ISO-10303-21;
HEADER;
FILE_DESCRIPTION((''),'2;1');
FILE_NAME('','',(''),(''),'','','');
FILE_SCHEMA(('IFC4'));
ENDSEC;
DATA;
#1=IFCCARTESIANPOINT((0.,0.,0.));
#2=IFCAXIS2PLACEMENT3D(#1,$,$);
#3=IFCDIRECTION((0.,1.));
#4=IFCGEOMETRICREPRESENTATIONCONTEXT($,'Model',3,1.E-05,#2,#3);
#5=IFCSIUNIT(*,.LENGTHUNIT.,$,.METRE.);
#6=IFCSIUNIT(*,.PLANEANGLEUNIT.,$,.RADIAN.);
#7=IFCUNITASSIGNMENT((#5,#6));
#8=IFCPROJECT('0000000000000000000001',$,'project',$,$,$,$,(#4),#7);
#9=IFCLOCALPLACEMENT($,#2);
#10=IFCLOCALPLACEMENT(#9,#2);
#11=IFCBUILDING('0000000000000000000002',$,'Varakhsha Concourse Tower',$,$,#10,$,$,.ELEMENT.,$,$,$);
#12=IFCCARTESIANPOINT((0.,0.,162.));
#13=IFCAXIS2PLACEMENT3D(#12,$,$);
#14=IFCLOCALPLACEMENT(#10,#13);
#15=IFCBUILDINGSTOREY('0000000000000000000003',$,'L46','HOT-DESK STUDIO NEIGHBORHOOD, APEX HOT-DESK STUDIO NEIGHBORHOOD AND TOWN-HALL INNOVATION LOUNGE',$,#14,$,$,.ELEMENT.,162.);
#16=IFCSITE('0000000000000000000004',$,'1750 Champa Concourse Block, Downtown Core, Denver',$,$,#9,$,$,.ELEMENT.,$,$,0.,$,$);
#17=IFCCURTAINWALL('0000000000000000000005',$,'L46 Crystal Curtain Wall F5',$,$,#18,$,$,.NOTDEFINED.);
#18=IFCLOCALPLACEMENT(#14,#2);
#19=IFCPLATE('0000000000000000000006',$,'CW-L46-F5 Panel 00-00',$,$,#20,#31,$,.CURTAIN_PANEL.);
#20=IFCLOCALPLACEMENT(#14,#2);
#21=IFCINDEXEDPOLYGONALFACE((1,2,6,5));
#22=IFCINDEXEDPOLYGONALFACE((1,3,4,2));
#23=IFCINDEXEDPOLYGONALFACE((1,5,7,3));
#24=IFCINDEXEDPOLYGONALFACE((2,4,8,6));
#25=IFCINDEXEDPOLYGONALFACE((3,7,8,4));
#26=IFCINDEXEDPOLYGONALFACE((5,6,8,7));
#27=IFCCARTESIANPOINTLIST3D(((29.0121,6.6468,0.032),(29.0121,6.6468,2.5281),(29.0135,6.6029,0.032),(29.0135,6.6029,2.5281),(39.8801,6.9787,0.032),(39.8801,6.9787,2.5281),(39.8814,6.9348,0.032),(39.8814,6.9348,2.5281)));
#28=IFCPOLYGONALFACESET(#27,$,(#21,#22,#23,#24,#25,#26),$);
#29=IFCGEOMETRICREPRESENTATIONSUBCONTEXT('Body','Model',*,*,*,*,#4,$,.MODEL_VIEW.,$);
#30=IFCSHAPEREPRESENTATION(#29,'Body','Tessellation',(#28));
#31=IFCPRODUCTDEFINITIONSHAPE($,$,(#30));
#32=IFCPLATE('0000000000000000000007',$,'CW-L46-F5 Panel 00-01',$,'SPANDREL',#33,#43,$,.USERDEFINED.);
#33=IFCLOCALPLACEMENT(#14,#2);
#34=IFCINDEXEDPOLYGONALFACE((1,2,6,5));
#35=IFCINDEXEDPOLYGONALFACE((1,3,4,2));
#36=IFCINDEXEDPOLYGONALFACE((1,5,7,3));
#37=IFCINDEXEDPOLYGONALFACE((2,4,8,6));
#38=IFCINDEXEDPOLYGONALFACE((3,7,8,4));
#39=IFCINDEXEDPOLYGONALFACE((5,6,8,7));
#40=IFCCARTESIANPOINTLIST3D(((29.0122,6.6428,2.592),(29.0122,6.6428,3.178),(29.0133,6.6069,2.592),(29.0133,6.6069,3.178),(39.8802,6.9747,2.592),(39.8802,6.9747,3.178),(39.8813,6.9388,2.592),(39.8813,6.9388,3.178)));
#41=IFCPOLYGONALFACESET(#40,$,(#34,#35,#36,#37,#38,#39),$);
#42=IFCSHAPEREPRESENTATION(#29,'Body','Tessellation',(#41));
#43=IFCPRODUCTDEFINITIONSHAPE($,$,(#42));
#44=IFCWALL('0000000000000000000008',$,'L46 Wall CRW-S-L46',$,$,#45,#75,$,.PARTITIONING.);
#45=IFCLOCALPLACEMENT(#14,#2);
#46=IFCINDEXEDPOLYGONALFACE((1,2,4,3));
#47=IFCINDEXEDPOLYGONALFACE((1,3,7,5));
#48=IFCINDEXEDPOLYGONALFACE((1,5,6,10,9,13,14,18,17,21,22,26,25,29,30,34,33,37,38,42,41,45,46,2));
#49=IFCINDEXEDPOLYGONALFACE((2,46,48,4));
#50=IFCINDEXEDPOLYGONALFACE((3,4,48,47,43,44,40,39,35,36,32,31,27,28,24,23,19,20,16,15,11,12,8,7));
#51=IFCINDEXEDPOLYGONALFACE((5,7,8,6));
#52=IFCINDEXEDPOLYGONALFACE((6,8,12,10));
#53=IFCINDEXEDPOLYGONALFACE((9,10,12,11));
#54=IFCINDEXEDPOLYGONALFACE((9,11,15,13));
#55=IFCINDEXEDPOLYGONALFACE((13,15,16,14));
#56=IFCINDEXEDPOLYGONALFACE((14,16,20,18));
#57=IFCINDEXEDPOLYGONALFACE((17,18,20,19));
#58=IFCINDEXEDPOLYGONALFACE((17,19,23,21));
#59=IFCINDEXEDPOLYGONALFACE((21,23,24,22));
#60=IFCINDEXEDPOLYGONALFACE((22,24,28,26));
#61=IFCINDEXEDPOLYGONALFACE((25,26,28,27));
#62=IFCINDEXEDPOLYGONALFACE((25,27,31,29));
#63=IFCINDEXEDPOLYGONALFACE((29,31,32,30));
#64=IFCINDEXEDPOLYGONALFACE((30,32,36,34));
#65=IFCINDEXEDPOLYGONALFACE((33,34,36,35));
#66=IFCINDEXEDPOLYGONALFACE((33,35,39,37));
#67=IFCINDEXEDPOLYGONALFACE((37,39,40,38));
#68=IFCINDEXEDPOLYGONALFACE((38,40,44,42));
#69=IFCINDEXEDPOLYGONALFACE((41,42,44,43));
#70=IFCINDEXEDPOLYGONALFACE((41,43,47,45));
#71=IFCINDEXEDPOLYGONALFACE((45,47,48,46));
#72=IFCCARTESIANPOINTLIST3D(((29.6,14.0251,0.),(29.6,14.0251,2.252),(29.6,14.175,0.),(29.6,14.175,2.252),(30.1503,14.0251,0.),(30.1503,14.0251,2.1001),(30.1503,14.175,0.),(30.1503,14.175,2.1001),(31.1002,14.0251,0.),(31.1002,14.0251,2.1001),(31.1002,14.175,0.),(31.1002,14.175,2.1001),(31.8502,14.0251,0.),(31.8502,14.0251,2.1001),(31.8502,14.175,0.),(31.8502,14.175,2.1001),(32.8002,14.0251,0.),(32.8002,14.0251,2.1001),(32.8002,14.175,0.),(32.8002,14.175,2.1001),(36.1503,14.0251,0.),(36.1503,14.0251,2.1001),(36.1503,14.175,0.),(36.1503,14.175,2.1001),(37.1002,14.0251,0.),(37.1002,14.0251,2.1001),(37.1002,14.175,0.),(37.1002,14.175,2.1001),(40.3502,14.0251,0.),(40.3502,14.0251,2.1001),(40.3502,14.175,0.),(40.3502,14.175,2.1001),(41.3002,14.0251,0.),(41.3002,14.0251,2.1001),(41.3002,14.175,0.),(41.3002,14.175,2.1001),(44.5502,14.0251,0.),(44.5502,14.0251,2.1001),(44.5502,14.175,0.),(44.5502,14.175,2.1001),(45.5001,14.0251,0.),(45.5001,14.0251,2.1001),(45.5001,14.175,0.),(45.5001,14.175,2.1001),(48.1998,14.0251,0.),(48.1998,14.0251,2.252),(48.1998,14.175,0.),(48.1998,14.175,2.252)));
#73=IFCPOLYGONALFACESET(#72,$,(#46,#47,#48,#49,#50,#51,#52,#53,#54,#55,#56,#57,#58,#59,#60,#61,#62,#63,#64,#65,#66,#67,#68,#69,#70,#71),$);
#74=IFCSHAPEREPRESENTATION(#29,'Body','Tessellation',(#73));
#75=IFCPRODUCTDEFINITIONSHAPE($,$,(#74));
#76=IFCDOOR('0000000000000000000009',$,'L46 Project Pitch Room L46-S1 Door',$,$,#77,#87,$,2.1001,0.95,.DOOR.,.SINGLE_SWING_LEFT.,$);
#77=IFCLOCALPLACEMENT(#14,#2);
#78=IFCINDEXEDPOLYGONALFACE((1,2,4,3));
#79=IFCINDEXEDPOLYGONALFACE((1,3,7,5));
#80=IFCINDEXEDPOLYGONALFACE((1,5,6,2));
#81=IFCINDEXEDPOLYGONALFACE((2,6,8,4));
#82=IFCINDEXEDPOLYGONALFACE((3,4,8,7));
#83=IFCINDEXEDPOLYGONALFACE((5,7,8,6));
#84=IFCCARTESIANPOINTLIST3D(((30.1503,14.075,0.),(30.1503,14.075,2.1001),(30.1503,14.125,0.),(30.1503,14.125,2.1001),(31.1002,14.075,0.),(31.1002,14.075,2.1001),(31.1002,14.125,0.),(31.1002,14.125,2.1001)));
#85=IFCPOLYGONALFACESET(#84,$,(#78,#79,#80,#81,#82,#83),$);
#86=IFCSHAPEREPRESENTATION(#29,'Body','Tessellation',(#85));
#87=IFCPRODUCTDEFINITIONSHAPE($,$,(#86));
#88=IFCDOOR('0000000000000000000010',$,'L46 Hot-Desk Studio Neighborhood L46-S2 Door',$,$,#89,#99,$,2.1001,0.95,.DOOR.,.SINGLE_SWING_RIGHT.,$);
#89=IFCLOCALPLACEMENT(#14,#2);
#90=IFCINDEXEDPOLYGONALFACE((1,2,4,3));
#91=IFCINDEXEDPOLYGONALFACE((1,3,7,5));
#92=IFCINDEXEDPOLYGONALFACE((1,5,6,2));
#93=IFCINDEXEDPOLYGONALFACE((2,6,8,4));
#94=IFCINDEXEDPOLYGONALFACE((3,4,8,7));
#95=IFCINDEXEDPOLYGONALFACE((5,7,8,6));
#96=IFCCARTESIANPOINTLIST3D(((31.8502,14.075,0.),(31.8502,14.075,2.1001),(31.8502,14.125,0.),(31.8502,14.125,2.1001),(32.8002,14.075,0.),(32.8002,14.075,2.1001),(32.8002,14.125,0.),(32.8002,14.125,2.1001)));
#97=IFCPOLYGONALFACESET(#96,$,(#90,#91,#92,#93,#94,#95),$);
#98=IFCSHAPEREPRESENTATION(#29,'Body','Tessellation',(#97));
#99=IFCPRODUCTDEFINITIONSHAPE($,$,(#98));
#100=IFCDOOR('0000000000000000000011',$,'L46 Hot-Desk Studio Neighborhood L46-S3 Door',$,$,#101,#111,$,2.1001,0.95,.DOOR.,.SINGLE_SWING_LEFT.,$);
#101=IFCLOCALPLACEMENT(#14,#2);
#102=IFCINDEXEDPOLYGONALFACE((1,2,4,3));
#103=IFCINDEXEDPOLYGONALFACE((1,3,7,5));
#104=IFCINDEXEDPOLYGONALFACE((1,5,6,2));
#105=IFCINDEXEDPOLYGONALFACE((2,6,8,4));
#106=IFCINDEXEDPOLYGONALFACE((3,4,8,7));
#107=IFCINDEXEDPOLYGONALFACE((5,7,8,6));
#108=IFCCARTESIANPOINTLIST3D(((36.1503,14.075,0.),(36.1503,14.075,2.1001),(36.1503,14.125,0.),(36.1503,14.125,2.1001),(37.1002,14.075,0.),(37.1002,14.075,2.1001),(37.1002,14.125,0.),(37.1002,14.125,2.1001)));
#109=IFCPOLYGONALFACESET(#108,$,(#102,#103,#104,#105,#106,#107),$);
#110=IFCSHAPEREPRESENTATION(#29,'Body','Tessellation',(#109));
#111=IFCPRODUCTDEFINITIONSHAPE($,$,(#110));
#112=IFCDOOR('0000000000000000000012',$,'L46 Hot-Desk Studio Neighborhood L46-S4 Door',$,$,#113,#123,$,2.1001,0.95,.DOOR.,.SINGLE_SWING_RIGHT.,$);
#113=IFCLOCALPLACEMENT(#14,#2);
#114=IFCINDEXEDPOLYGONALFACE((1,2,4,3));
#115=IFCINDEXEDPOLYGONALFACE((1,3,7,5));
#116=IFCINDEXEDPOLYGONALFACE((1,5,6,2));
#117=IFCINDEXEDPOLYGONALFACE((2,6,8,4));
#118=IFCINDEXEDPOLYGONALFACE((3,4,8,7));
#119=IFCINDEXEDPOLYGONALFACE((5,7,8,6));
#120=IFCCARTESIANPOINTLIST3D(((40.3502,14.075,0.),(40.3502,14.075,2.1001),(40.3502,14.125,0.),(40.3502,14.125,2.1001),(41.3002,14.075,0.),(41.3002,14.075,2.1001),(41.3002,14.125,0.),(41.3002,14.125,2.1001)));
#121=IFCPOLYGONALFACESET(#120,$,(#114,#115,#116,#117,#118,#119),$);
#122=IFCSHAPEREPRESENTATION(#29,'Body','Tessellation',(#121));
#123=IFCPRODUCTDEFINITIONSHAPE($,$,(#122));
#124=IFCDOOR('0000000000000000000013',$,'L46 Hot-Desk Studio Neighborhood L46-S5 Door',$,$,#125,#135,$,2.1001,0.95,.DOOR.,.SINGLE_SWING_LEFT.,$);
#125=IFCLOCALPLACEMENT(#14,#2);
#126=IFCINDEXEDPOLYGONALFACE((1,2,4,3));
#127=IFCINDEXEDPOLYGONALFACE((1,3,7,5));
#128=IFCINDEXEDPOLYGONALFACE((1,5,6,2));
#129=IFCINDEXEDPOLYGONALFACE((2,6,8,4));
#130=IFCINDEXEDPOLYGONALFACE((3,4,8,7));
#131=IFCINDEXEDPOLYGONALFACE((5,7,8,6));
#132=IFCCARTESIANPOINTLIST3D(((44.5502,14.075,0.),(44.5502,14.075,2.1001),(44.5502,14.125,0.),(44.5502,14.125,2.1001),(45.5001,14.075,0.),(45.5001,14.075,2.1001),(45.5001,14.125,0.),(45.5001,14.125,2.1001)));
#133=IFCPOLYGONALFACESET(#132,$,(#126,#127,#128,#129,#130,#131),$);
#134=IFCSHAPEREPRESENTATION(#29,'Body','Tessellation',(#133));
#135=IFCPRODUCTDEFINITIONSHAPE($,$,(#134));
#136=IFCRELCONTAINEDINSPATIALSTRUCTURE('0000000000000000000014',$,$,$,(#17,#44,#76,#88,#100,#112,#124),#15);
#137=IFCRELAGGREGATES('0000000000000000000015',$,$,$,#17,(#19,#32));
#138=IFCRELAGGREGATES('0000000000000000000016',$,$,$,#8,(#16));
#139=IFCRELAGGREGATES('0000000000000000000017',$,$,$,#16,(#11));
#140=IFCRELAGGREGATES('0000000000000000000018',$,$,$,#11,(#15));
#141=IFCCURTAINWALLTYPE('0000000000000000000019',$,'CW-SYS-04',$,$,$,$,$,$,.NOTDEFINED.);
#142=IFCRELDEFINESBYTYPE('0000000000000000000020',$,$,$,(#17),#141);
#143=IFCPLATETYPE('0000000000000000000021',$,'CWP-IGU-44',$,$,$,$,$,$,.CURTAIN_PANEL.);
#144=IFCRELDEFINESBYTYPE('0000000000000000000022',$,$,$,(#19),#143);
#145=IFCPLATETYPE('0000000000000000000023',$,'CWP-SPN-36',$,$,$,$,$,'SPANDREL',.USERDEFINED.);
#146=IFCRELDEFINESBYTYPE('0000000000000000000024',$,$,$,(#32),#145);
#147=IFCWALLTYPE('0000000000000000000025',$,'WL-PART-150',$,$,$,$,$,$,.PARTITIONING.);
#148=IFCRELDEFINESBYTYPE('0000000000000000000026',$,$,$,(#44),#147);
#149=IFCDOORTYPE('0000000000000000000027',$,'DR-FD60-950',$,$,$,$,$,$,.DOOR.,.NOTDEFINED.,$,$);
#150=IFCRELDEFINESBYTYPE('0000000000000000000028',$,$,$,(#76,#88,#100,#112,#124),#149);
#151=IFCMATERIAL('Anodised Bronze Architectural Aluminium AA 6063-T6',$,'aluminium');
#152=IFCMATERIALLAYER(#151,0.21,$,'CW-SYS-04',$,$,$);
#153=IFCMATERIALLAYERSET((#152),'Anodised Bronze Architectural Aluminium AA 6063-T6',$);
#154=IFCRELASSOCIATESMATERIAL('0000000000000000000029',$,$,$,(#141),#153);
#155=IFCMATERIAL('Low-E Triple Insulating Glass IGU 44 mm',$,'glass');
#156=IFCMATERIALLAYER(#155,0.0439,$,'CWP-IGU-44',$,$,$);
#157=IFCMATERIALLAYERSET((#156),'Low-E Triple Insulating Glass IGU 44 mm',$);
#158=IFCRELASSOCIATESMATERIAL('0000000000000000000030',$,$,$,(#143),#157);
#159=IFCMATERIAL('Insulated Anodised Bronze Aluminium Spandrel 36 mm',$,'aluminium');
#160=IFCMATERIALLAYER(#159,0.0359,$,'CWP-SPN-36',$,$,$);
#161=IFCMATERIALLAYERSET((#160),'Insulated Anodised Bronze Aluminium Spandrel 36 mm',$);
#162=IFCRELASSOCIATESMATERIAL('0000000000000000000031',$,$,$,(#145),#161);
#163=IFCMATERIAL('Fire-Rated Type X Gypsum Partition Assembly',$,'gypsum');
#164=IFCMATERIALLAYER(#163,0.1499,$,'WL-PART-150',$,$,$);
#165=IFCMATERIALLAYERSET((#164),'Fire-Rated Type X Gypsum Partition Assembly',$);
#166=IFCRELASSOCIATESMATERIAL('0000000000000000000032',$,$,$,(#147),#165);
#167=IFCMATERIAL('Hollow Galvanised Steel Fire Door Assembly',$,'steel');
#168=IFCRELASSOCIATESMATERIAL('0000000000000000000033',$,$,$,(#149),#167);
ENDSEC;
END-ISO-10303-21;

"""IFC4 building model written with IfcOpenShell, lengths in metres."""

from ifc_helpers import new_model, si_unit, direction, frame, frame_2d, origin, origin_2d, place, context, subcontext, project, spatial, rectangle, extrude, source, transform, mapped, material, layer, layer_set, type_object, type_shapes, element, fill, aggregate, save


model = new_model("IFC4")

# Units and contexts
model_context = context("Model", 3, precision=1e-05, world=origin(), true_north=direction((0.0, 1.0)))
body_context = subcontext(model_context, "Body", "Model", "MODEL_VIEW")
ifc_project = project(units=[si_unit("LENGTHUNIT", "METRE"), si_unit("PLANEANGLEUNIT", "RADIAN")], contexts=[model_context])

# Site, building, storey
site_placement = place(None, origin())
site = spatial("IfcSite", under=ifc_project, at=site_placement, Name="1750 Champa Concourse Block, Downtown Core, Denver", CompositionType="ELEMENT", RefElevation=0.0)
building_placement = place(site_placement, origin())
building = spatial("IfcBuilding", under=site, at=building_placement, Name="Varakhsha Concourse Tower", CompositionType="ELEMENT")
storey_placement = place(building_placement, frame((0.0, 0.0, 162.0)))
storey = spatial("IfcBuildingStorey", under=building, at=storey_placement, Name="L46", Description="HOT-DESK STUDIO NEIGHBORHOOD, APEX HOT-DESK STUDIO NEIGHBORHOOD AND TOWN-HALL INNOVATION LOUNGE", CompositionType="ELEMENT", Elevation=162.0)

# Curtain wall, plates
ifc_material_1 = material(Name="Anodised Bronze Architectural Aluminium AA 6063-T6", Category="aluminium")
ifc_layer_1 = layer(ifc_material_1, 0.21, Name="CW-SYS-04")
ifc_layer_set_1 = layer_set([ifc_layer_1], Name="Anodised Bronze Architectural Aluminium AA 6063-T6")
curtain_wall_type = type_object("IfcCurtainWallType", Name="CW-SYS-04", PredefinedType="NOTDEFINED", material=ifc_layer_set_1)
curtain_wall_placement = place(storey_placement, origin())
curtain_wall = element("IfcCurtainWall", 1, at=curtain_wall_placement, inside=storey, type_object=curtain_wall_type, Name="L46 Crystal Curtain Wall F5", PredefinedType="NOTDEFINED")
ifc_material_2 = material(Name="Low-E Triple Insulating Glass IGU 44 mm", Category="glass")
ifc_layer_2 = layer(ifc_material_2, 0.0439, Name="CWP-IGU-44")
ifc_layer_set_2 = layer_set([ifc_layer_2], Name="Low-E Triple Insulating Glass IGU 44 mm")
plate_type_1 = type_object("IfcPlateType", Name="CWP-IGU-44", PredefinedType="CURTAIN_PANEL", material=ifc_layer_set_2)
shared_shape_1 = source(origin(), body_context, "Body", "SweptSolid", [
    extrude(rectangle(XDim=10.873, YDim=0.0439, at=origin_2d()), origin(), (0.0, 0.0, 1.0), 2.4961),
])
type_shapes(plate_type_1, [shared_shape_1])
plate_1_placement = place(storey_placement, frame((34.4468, 6.7908, 0.032), z_axis=(0.0, 0.0, 1.0), x_axis=(-0.999534, -0.030525, 0.0)))
plate_1 = element("IfcPlate", 2, at=plate_1_placement, type_object=plate_type_1, Name="CW-L46-F5 Panel 00-00", PredefinedType="CURTAIN_PANEL", context=body_context, shape_type="MappedRepresentation", body=[
    mapped(shared_shape_1, transform((0.0, 0.0, 0.0), scale=1.0)),
])
ifc_material_3 = material(Name="Insulated Anodised Bronze Aluminium Spandrel 36 mm", Category="aluminium")
ifc_layer_3 = layer(ifc_material_3, 0.0359, Name="CWP-SPN-36")
ifc_layer_set_3 = layer_set([ifc_layer_3], Name="Insulated Anodised Bronze Aluminium Spandrel 36 mm")
plate_type_2 = type_object("IfcPlateType", Name="CWP-SPN-36", ElementType="SPANDREL", PredefinedType="USERDEFINED", material=ifc_layer_set_3)
shared_shape_2 = source(origin(), body_context, "Body", "SweptSolid", [
    extrude(rectangle(XDim=10.873, YDim=0.0359, at=origin_2d()), origin(), (0.0, 0.0, 1.0), 0.5859),
])
type_shapes(plate_type_2, [shared_shape_2])
plate_2_placement = place(storey_placement, frame((34.4468, 6.7908, 2.592), z_axis=(0.0, 0.0, 1.0), x_axis=(-0.999534, -0.030525, 0.0)))
plate_2 = element("IfcPlate", 3, at=plate_2_placement, type_object=plate_type_2, Name="CW-L46-F5 Panel 00-01", ObjectType="SPANDREL", PredefinedType="USERDEFINED", context=body_context, shape_type="MappedRepresentation", body=[
    mapped(shared_shape_2, transform((0.0, 0.0, 0.0), scale=1.0)),
])
aggregate(curtain_wall, [plate_1, plate_2])

# Wall, openings, doors
ifc_material_4 = material(Name="Fire-Rated Type X Gypsum Partition Assembly", Category="gypsum")
ifc_layer_4 = layer(ifc_material_4, 0.1499, Name="WL-PART-150")
ifc_layer_set_4 = layer_set([ifc_layer_4], Name="Fire-Rated Type X Gypsum Partition Assembly")
wall_type = type_object("IfcWallType", Name="WL-PART-150", PredefinedType="PARTITIONING", material=ifc_layer_set_4)
wall_1_placement = place(storey_placement, frame((29.6001, 14.1001, 0.0), z_axis=(0.0, 0.0, 1.0), x_axis=(1.0, 0.0, 0.0)))
wall_1 = element("IfcWall", 4, at=wall_1_placement, inside=storey, type_object=wall_type, Name="L46 Wall CRW-S-L46", PredefinedType="PARTITIONING", context=body_context, shape_type="SweptSolid", body=[
    extrude(rectangle(XDim=18.5999, YDim=0.1499, at=frame_2d((9.2998, 0.0))), origin(), (0.0, 0.0, 1.0), 2.252),
])
opening_1_placement = place(wall_1_placement, frame((0.55, 0.0, 0.0)))
opening_1 = element("IfcOpeningElement", 5, at=opening_1_placement, cuts=wall_1, PredefinedType="OPENING", context=body_context, shape_type="SweptSolid", body=[
    extrude(rectangle(XDim=0.95, YDim=2.1001, at=frame_2d((0.4751, 1.05))), frame((0.0, 0.085, 0.0), z_axis=(0.0, -1.0, 0.0), x_axis=(1.0, 0.0, 0.0)), (0.0, 0.0, 1.0), 0.1699),
])
opening_2_placement = place(wall_1_placement, frame((2.25, 0.0, 0.0)))
opening_2 = element("IfcOpeningElement", 6, at=opening_2_placement, cuts=wall_1, PredefinedType="OPENING", context=body_context, shape_type="SweptSolid", body=[
    extrude(rectangle(XDim=0.95, YDim=2.1001, at=frame_2d((0.4751, 1.05))), frame((0.0, 0.085, 0.0), z_axis=(0.0, -1.0, 0.0), x_axis=(1.0, 0.0, 0.0)), (0.0, 0.0, 1.0), 0.1699),
])
opening_3_placement = place(wall_1_placement, frame((6.55, 0.0, 0.0)))
opening_3 = element("IfcOpeningElement", 7, at=opening_3_placement, cuts=wall_1, PredefinedType="OPENING", context=body_context, shape_type="SweptSolid", body=[
    extrude(rectangle(XDim=0.95, YDim=2.1001, at=frame_2d((0.4751, 1.05))), frame((0.0, 0.085, 0.0), z_axis=(0.0, -1.0, 0.0), x_axis=(1.0, 0.0, 0.0)), (0.0, 0.0, 1.0), 0.1699),
])
opening_4_placement = place(wall_1_placement, frame((10.75, 0.0, 0.0)))
opening_4 = element("IfcOpeningElement", 8, at=opening_4_placement, cuts=wall_1, PredefinedType="OPENING", context=body_context, shape_type="SweptSolid", body=[
    extrude(rectangle(XDim=0.95, YDim=2.1001, at=frame_2d((0.4751, 1.05))), frame((0.0, 0.085, 0.0), z_axis=(0.0, -1.0, 0.0), x_axis=(1.0, 0.0, 0.0)), (0.0, 0.0, 1.0), 0.1699),
])
opening_5_placement = place(wall_1_placement, frame((14.95, 0.0, 0.0)))
opening_5 = element("IfcOpeningElement", 9, at=opening_5_placement, cuts=wall_1, PredefinedType="OPENING", context=body_context, shape_type="SweptSolid", body=[
    extrude(rectangle(XDim=0.95, YDim=2.1001, at=frame_2d((0.4751, 1.05))), frame((0.0, 0.085, 0.0), z_axis=(0.0, -1.0, 0.0), x_axis=(1.0, 0.0, 0.0)), (0.0, 0.0, 1.0), 0.1699),
])
ifc_material_5 = material(Name="Hollow Galvanised Steel Fire Door Assembly", Category="steel")
door_type_1 = type_object("IfcDoorType", Name="DR-FD60-950", OperationType="NOTDEFINED", PredefinedType="DOOR", material=ifc_material_5)
door_1_placement = place(opening_1_placement, origin())
door_1 = element("IfcDoor", 10, at=door_1_placement, inside=storey, type_object=door_type_1, Name="L46 Project Pitch Room L46-S1 Door", OperationType="SINGLE_SWING_LEFT", OverallHeight=2.1001, OverallWidth=0.95, PredefinedType="DOOR", context=body_context, shape_type="SweptSolid", body=[
    extrude(rectangle(XDim=0.95, YDim=2.1001, at=frame_2d((0.4751, 1.05))), frame((0.0, 0.0249, 0.0), z_axis=(0.0, -1.0, 0.0), x_axis=(1.0, 0.0, 0.0)), (0.0, 0.0, 1.0), 0.05),
])
fill(opening_1, door_1)
door_2_placement = place(opening_2_placement, origin())
door_2 = element("IfcDoor", 11, at=door_2_placement, inside=storey, type_object=door_type_1, Name="L46 Hot-Desk Studio Neighborhood L46-S2 Door", OperationType="SINGLE_SWING_RIGHT", OverallHeight=2.1001, OverallWidth=0.95, PredefinedType="DOOR", context=body_context, shape_type="SweptSolid", body=[
    extrude(rectangle(XDim=0.95, YDim=2.1001, at=frame_2d((0.4751, 1.05))), frame((0.0, 0.0249, 0.0), z_axis=(0.0, -1.0, 0.0), x_axis=(1.0, 0.0, 0.0)), (0.0, 0.0, 1.0), 0.05),
])
fill(opening_2, door_2)
door_3_placement = place(opening_3_placement, origin())
door_3 = element("IfcDoor", 12, at=door_3_placement, inside=storey, type_object=door_type_1, Name="L46 Hot-Desk Studio Neighborhood L46-S3 Door", OperationType="SINGLE_SWING_LEFT", OverallHeight=2.1001, OverallWidth=0.95, PredefinedType="DOOR", context=body_context, shape_type="SweptSolid", body=[
    extrude(rectangle(XDim=0.95, YDim=2.1001, at=frame_2d((0.4751, 1.05))), frame((0.0, 0.0249, 0.0), z_axis=(0.0, -1.0, 0.0), x_axis=(1.0, 0.0, 0.0)), (0.0, 0.0, 1.0), 0.05),
])
fill(opening_3, door_3)
door_4_placement = place(opening_4_placement, origin())
door_4 = element("IfcDoor", 13, at=door_4_placement, inside=storey, type_object=door_type_1, Name="L46 Hot-Desk Studio Neighborhood L46-S4 Door", OperationType="SINGLE_SWING_RIGHT", OverallHeight=2.1001, OverallWidth=0.95, PredefinedType="DOOR", context=body_context, shape_type="SweptSolid", body=[
    extrude(rectangle(XDim=0.95, YDim=2.1001, at=frame_2d((0.4751, 1.05))), frame((0.0, 0.0249, 0.0), z_axis=(0.0, -1.0, 0.0), x_axis=(1.0, 0.0, 0.0)), (0.0, 0.0, 1.0), 0.05),
])
fill(opening_4, door_4)
door_5_placement = place(opening_5_placement, origin())
door_5 = element("IfcDoor", 14, at=door_5_placement, inside=storey, type_object=door_type_1, Name="L46 Hot-Desk Studio Neighborhood L46-S5 Door", OperationType="SINGLE_SWING_LEFT", OverallHeight=2.1001, OverallWidth=0.95, PredefinedType="DOOR", context=body_context, shape_type="SweptSolid", body=[
    extrude(rectangle(XDim=0.95, YDim=2.1001, at=frame_2d((0.4751, 1.05))), frame((0.0, 0.0249, 0.0), z_axis=(0.0, -1.0, 0.0), x_axis=(1.0, 0.0, 0.0)), (0.0, 0.0, 1.0), 0.05),
])
fill(opening_5, door_5)

save(model, "model.ifc")
